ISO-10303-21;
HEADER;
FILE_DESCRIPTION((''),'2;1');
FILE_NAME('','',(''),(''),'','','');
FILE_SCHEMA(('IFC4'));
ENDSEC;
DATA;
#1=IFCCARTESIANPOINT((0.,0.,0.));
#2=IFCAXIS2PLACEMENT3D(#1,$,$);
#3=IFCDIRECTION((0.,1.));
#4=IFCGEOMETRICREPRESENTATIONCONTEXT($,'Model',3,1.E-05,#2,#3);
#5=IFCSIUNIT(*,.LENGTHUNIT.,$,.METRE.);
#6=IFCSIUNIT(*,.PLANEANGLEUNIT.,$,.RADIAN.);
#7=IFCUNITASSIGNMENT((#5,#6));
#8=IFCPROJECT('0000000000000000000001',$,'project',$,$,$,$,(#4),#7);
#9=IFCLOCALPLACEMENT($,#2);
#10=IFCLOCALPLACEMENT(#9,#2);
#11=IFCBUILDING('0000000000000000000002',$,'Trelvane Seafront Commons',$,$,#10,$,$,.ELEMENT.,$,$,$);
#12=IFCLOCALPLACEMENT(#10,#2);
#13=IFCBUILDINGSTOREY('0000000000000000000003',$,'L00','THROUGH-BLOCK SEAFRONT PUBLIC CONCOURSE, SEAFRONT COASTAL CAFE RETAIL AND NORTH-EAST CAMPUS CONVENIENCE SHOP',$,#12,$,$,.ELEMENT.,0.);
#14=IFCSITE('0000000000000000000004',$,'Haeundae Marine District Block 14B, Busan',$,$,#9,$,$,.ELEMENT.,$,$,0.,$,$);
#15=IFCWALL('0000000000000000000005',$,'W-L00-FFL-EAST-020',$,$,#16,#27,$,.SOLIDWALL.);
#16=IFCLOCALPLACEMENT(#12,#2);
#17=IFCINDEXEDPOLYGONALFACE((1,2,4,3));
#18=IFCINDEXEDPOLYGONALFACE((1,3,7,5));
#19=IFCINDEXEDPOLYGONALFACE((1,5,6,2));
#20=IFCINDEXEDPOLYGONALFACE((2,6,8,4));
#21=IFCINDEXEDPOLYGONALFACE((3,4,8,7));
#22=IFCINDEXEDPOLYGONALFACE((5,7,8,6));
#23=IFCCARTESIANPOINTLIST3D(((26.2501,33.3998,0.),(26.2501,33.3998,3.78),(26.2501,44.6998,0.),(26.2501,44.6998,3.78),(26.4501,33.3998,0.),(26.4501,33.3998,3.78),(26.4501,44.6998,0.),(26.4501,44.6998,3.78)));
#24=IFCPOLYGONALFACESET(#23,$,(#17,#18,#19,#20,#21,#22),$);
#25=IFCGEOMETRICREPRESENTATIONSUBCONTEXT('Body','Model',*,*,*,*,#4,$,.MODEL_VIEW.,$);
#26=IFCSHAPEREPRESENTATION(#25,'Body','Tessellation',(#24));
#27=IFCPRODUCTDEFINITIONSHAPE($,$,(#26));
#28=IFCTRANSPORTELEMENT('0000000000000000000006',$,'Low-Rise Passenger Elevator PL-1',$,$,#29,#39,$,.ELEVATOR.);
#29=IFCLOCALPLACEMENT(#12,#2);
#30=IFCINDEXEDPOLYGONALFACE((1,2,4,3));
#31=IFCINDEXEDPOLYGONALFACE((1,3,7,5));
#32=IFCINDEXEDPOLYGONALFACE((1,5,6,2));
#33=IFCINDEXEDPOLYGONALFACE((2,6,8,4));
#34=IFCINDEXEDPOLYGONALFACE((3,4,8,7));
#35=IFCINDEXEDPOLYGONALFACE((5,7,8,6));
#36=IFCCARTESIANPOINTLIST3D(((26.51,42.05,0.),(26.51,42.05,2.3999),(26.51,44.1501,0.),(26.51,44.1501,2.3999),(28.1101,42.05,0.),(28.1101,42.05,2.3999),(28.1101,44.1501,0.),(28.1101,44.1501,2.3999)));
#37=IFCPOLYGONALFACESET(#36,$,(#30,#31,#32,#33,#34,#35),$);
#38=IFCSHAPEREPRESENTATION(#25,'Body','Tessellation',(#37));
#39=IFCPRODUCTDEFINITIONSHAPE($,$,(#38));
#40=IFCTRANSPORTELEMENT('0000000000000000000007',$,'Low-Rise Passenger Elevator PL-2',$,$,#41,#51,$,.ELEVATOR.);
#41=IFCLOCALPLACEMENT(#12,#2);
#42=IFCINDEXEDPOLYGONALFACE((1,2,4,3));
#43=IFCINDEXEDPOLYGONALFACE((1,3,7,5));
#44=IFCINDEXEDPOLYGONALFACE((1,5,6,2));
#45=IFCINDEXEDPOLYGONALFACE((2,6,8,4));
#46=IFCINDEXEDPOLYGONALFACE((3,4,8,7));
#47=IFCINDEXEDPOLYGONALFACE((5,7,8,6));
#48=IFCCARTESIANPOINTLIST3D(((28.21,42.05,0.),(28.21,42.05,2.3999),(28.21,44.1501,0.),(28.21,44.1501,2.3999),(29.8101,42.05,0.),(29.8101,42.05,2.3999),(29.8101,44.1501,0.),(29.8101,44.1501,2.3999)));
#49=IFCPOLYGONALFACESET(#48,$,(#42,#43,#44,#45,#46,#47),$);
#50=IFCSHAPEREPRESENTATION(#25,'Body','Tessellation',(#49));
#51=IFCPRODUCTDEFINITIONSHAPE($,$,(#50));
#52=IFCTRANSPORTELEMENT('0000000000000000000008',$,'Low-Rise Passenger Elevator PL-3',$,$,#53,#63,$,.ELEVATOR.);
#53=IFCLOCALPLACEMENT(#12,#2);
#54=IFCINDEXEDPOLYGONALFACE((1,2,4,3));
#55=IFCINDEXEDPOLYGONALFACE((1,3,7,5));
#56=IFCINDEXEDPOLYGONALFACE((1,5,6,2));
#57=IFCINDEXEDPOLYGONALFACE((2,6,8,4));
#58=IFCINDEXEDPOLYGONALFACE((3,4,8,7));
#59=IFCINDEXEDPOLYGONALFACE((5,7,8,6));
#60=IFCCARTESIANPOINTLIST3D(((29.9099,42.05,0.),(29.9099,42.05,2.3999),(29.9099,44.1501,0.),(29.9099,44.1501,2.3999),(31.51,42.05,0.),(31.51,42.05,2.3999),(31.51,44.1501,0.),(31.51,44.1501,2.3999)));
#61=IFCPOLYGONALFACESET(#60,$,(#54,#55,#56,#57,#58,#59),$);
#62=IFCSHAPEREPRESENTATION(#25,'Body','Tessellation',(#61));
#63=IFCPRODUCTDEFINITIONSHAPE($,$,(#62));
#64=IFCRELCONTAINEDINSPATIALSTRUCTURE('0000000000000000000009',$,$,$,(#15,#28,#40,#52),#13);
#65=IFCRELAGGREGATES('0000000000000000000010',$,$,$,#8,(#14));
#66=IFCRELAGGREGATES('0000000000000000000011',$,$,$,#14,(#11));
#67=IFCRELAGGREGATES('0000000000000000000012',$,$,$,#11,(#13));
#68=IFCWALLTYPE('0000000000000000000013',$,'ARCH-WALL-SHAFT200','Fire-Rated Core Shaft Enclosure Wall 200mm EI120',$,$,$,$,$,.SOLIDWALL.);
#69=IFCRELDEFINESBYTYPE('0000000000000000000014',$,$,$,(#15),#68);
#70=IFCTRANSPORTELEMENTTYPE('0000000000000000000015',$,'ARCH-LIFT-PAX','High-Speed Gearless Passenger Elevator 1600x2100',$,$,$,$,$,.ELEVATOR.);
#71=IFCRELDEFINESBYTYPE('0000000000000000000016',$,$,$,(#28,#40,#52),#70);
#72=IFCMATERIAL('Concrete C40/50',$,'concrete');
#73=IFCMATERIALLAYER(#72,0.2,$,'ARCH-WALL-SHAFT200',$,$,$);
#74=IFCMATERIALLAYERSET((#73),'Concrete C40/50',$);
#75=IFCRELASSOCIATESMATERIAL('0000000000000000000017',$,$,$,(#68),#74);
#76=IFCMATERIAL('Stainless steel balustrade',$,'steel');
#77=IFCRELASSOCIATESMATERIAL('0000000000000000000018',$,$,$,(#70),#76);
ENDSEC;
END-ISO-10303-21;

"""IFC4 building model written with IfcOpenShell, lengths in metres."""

from ifc_helpers import new_model, si_unit, direction, frame, frame_2d, origin, origin_2d, place, context, subcontext, project, spatial, rectangle, extrude, source, transform, mapped, material, layer, layer_set, type_object, element, save


model = new_model("IFC4")

# Units and contexts
model_context = context("Model", 3, precision=1e-05, world=origin(), true_north=direction((0.0, 1.0)))
body_context = subcontext(model_context, "Body", "Model", "MODEL_VIEW")
ifc_project = project(units=[si_unit("LENGTHUNIT", "METRE"), si_unit("PLANEANGLEUNIT", "RADIAN")], contexts=[model_context])

# Site, building, storey
site_placement = place(None, origin())
site = spatial("IfcSite", under=ifc_project, at=site_placement, Name="Haeundae Marine District Block 14B, Busan", CompositionType="ELEMENT", RefElevation=0.0)
building_placement = place(site_placement, origin())
building = spatial("IfcBuilding", under=site, at=building_placement, Name="Trelvane Seafront Commons", CompositionType="ELEMENT")
storey_placement = place(building_placement, origin())
storey = spatial("IfcBuildingStorey", under=building, at=storey_placement, Name="L00", Description="THROUGH-BLOCK SEAFRONT PUBLIC CONCOURSE, SEAFRONT COASTAL CAFE RETAIL AND NORTH-EAST CAMPUS CONVENIENCE SHOP", CompositionType="ELEMENT", Elevation=0.0)

# Shared definitions
ifc_material_1 = material(Name="Concrete C40/50", Category="concrete")

# Wall
ifc_layer_1 = layer(ifc_material_1, 0.2, Name="ARCH-WALL-SHAFT200")
ifc_layer_set_1 = layer_set([ifc_layer_1], Name="Concrete C40/50")
wall_type_1 = type_object("IfcWallType", Name="ARCH-WALL-SHAFT200", Description="Fire-Rated Core Shaft Enclosure Wall 200mm EI120", PredefinedType="SOLIDWALL", material=ifc_layer_set_1)
wall_1_placement = place(storey_placement, frame((26.3501, 33.3999, 0.0), z_axis=(0.0, 0.0, 1.0), x_axis=(0.0, 1.0, 0.0)))
element("IfcWall", 1, at=wall_1_placement, inside=storey, type_object=wall_type_1, Name="W-L00-FFL-EAST-020", PredefinedType="SOLIDWALL", context=body_context, shape_type="SweptSolid", body=[
    extrude(rectangle(XDim=11.3, YDim=0.2, at=frame_2d((5.6499, 0.0))), origin(), (0.0, 0.0, 1.0), 3.78),
])

# Shared definitions
ifc_material_2 = material(Name="Stainless steel balustrade", Category="steel")

# Transport elements
transport_element_type = type_object("IfcTransportElementType", Name="ARCH-LIFT-PAX", Description="High-Speed Gearless Passenger Elevator 1600x2100", PredefinedType="ELEVATOR", material=ifc_material_2)
shared_shape_1 = source(origin(), body_context, "Body", "SweptSolid", [
    extrude(rectangle(XDim=1.6001, YDim=2.1001, at=origin_2d()), origin(), (0.0, 0.0, 1.0), 2.3999),
])
for number, where, z_axis, x_axis, name in (
    (2, (27.3101, 43.1001, 0.0), (0.0, 0.0, 1.0), (1.0, 0.0, 0.0), "Low-Rise Passenger Elevator PL-1"),
    (3, (29.01, 43.1001, 0.0), (0.0, 0.0, 1.0), (1.0, 0.0, 0.0), "Low-Rise Passenger Elevator PL-2"),
    (4, (30.71, 43.1001, 0.0), (0.0, 0.0, 1.0), (1.0, 0.0, 0.0), "Low-Rise Passenger Elevator PL-3"),
):
    element("IfcTransportElement", number, at=place(storey_placement, frame(where, z_axis=z_axis, x_axis=x_axis)), inside=storey, type_object=transport_element_type, Name=name, PredefinedType="ELEVATOR", context=body_context, shape_type="MappedRepresentation", body=[
        mapped(shared_shape_1, transform((0.0, 0.0, 0.0), x_axis=(1.0, 0.0, 0.0), y_axis=(0.0, 1.0, 0.0), z_axis=(0.0, 0.0, 1.0), scale=1.0)),
    ])

save(model, "model.ifc")
